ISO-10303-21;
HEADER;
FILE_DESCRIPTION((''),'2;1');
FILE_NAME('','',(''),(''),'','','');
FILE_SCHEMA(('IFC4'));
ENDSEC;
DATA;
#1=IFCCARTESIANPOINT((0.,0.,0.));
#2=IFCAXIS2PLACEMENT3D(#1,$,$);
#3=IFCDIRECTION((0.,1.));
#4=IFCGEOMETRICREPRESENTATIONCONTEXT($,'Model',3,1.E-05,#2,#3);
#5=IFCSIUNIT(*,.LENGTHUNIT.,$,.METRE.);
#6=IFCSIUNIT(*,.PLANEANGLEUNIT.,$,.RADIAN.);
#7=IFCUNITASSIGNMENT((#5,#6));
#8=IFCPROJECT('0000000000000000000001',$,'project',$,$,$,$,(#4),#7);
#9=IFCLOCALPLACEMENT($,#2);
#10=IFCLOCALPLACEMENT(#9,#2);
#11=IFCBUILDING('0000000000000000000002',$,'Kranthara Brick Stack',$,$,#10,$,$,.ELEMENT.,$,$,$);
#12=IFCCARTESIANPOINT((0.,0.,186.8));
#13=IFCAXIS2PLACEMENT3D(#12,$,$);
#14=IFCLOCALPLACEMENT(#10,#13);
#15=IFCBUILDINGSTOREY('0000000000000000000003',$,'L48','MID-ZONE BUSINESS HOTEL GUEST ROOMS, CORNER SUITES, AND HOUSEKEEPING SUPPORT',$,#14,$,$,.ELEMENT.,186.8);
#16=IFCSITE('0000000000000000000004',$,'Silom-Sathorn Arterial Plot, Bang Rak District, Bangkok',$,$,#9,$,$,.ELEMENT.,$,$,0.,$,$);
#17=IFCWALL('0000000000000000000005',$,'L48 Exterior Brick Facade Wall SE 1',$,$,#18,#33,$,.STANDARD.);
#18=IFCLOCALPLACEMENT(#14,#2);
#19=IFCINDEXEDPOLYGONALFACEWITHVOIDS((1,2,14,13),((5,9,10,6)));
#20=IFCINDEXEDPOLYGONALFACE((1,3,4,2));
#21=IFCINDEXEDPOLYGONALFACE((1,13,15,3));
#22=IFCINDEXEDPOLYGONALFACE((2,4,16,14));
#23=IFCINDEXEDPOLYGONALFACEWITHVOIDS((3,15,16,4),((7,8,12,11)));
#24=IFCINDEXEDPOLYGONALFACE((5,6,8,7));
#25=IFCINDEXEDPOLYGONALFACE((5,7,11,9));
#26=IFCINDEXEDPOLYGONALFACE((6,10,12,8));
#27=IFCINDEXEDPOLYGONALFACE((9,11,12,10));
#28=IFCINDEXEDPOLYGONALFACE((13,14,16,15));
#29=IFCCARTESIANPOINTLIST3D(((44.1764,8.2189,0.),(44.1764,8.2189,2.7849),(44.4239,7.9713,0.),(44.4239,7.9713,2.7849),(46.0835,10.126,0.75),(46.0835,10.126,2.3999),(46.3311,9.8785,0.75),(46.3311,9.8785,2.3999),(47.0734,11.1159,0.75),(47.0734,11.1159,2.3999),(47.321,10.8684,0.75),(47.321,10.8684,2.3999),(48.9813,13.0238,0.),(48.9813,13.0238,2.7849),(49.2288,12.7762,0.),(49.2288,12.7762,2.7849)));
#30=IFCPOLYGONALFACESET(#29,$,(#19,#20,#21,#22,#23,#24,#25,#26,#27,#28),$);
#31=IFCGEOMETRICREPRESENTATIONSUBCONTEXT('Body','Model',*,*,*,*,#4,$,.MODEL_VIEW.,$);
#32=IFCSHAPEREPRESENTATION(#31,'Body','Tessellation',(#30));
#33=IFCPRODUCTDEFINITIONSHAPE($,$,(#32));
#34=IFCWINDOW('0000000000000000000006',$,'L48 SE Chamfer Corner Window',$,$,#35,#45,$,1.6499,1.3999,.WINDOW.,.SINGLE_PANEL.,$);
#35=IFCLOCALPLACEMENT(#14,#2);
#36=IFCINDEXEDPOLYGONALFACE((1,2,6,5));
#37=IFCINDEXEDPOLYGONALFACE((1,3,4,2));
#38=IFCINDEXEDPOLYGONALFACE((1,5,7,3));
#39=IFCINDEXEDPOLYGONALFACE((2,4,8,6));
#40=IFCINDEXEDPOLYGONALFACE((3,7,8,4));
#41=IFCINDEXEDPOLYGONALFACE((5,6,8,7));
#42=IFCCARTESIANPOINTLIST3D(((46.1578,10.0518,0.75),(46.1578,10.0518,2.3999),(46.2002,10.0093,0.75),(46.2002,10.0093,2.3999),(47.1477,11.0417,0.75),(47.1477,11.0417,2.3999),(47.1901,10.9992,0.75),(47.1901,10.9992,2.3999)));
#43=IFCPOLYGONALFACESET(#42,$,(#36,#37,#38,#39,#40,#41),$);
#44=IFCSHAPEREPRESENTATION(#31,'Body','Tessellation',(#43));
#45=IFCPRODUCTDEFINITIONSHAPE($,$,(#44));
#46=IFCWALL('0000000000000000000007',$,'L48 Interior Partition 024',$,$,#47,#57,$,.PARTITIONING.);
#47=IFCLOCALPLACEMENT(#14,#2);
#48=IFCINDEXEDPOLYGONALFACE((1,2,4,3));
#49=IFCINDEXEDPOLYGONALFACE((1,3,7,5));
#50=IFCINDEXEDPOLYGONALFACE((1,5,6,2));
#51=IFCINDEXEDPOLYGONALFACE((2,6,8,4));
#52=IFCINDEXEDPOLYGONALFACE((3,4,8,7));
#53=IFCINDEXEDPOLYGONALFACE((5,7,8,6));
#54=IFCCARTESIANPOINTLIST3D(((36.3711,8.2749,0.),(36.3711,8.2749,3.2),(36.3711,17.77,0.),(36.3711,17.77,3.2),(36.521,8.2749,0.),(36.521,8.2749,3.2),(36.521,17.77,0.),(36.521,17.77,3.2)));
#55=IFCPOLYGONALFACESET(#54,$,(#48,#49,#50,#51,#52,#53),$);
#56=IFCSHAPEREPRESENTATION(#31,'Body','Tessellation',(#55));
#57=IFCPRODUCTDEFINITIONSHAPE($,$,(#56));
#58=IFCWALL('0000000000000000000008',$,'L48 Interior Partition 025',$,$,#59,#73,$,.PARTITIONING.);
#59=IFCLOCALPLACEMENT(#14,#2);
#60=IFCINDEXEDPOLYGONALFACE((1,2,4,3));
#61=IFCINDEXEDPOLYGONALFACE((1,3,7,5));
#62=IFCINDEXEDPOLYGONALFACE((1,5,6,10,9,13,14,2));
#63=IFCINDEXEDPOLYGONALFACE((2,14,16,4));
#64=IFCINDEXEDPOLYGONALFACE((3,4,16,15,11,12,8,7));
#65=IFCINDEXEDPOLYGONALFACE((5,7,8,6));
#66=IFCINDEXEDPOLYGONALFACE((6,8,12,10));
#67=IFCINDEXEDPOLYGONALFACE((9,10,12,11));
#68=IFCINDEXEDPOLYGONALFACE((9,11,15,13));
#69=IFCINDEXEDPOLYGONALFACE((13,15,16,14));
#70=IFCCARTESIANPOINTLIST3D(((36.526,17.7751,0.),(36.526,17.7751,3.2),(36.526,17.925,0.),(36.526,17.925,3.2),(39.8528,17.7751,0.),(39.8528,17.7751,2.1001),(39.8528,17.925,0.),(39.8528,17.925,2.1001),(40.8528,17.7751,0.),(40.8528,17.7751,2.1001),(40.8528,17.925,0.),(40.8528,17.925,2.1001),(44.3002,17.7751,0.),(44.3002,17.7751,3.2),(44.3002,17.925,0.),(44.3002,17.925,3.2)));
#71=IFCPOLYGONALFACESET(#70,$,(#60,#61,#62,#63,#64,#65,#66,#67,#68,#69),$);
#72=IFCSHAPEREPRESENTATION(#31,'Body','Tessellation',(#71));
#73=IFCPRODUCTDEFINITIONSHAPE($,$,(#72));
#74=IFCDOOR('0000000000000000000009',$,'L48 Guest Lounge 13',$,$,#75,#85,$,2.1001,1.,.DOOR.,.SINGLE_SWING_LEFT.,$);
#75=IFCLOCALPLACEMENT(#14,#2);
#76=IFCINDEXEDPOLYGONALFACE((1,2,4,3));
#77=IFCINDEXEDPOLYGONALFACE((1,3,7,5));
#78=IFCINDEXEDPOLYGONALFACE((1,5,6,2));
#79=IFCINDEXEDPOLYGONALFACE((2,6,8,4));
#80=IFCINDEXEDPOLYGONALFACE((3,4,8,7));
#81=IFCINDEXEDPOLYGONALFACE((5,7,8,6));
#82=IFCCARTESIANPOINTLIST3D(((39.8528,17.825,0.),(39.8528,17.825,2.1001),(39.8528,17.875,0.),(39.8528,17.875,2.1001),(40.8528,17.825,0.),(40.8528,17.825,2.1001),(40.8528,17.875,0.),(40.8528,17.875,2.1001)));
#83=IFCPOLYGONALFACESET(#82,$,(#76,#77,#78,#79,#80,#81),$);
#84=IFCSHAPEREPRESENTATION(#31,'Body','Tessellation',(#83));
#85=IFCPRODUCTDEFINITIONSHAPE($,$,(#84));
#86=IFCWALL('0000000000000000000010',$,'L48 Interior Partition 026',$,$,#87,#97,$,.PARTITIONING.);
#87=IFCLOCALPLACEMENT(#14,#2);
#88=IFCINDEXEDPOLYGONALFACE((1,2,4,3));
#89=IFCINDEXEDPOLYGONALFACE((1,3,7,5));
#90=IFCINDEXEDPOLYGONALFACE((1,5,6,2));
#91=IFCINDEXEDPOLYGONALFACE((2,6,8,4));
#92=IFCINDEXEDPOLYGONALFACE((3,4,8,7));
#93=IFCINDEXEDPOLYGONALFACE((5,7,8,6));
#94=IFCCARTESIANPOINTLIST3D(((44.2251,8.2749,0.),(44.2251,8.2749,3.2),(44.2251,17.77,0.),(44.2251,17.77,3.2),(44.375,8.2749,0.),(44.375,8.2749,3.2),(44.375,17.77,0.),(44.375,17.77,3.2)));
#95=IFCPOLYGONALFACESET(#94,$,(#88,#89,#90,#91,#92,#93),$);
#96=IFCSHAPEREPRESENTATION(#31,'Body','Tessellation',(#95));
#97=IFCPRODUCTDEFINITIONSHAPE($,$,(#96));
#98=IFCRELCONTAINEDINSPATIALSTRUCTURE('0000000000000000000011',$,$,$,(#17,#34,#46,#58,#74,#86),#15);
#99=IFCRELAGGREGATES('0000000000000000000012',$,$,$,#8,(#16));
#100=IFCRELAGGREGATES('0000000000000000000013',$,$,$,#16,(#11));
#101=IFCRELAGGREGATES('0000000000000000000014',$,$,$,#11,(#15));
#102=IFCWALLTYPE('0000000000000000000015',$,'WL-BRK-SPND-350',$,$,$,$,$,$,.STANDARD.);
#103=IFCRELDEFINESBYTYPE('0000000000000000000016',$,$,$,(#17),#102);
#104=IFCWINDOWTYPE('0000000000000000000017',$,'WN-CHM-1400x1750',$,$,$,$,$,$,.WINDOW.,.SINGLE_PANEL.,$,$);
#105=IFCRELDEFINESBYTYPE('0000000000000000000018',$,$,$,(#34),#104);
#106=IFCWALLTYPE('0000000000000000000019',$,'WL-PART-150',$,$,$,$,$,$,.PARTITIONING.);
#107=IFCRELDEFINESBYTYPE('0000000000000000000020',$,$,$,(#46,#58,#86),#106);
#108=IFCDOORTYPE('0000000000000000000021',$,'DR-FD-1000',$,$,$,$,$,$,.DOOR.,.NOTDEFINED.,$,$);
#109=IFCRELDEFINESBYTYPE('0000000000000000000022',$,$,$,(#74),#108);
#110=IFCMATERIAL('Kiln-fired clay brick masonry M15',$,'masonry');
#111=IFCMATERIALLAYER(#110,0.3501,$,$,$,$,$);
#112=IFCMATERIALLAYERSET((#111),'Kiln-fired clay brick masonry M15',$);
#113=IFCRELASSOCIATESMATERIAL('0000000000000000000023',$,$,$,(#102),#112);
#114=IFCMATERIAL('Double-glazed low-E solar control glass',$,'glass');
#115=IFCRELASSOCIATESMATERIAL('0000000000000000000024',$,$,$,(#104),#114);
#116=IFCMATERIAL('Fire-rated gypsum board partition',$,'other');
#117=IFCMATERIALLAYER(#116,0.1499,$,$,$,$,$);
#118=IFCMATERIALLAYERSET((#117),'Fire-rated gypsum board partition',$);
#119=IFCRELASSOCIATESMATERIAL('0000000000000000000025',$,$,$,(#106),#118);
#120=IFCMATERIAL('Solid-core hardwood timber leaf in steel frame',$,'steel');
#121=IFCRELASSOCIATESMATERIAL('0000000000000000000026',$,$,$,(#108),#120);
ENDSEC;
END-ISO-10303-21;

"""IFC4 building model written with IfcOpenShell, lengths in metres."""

from ifc_helpers import new_model, si_unit, direction, frame, frame_2d, origin, place, context, subcontext, project, spatial, rectangle, extrude, material, layer, layer_set, type_object, element, fill, save


model = new_model("IFC4")

# Units and contexts
model_context = context("Model", 3, precision=1e-05, world=origin(), true_north=direction((0.0, 1.0)))
body_context = subcontext(model_context, "Body", "Model", "MODEL_VIEW")
ifc_project = project(units=[si_unit("LENGTHUNIT", "METRE"), si_unit("PLANEANGLEUNIT", "RADIAN")], contexts=[model_context])

# Site, building, storey
site_placement = place(None, origin())
site = spatial("IfcSite", under=ifc_project, at=site_placement, Name="Silom-Sathorn Arterial Plot, Bang Rak District, Bangkok", CompositionType="ELEMENT", RefElevation=0.0)
building_placement = place(site_placement, origin())
building = spatial("IfcBuilding", under=site, at=building_placement, Name="Kranthara Brick Stack", CompositionType="ELEMENT")
storey_placement = place(building_placement, frame((0.0, 0.0, 186.8)))
storey = spatial("IfcBuildingStorey", under=building, at=storey_placement, Name="L48", Description="MID-ZONE BUSINESS HOTEL GUEST ROOMS, CORNER SUITES, AND HOUSEKEEPING SUPPORT", CompositionType="ELEMENT", Elevation=186.8)

# Shared definitions
ifc_material_1 = material(Name="Kiln-fired clay brick masonry M15", Category="masonry")
ifc_layer_1 = layer(ifc_material_1, 0.3501)
ifc_layer_set_1 = layer_set([ifc_layer_1], Name="Kiln-fired clay brick masonry M15")
wall_type_1 = type_object("IfcWallType", Name="WL-BRK-SPND-350", PredefinedType="STANDARD", material=ifc_layer_set_1)

# Wall, opening, window
wall_1_placement = place(storey_placement, frame((49.105, 12.8999, 0.0), z_axis=(0.0, 0.0, 1.0), x_axis=(-0.707107, -0.707107, 0.0)))
wall_1 = element("IfcWall", 1, at=wall_1_placement, inside=storey, type_object=wall_type_1, Name="L48 Exterior Brick Facade Wall SE 1", PredefinedType="STANDARD", context=body_context, shape_type="SweptSolid", body=[
    extrude(rectangle(XDim=6.7952, YDim=0.3501, at=frame_2d((3.3975, 0.0))), origin(), (0.0, 0.0, 1.0), 2.7849),
])
opening_1_placement = place(wall_1_placement, frame((2.698, 0.0, 0.75)))
opening_1 = element("IfcOpeningElement", 2, at=opening_1_placement, cuts=wall_1, PredefinedType="OPENING", context=body_context, shape_type="SweptSolid", body=[
    extrude(rectangle(XDim=1.3999, YDim=1.6499, at=frame_2d((0.7, 0.825))), frame((0.0, 0.1851, 0.0), z_axis=(0.0, -1.0, 0.0), x_axis=(1.0, 0.0, 0.0)), (0.0, 0.0, 1.0), 0.3701),
])
ifc_material_2 = material(Name="Double-glazed low-E solar control glass", Category="glass")
window_type_1 = type_object("IfcWindowType", Name="WN-CHM-1400x1750", PartitioningType="SINGLE_PANEL", PredefinedType="WINDOW", material=ifc_material_2)
window_1_placement = place(opening_1_placement, origin())
window_1 = element("IfcWindow", 3, at=window_1_placement, inside=storey, type_object=window_type_1, Name="L48 SE Chamfer Corner Window", OverallHeight=1.6499, OverallWidth=1.3999, PartitioningType="SINGLE_PANEL", PredefinedType="WINDOW", context=body_context, shape_type="SweptSolid", body=[
    extrude(rectangle(XDim=1.3999, YDim=1.6499, at=frame_2d((0.7, 0.825))), frame((0.0, -0.01, 0.0), z_axis=(0.0, -1.0, 0.0), x_axis=(1.0, 0.0, 0.0)), (0.0, 0.0, 1.0), 0.0601),
])
fill(opening_1, window_1)

# Wall
ifc_material_3 = material(Name="Fire-rated gypsum board partition", Category="other")
ifc_layer_2 = layer(ifc_material_3, 0.1499)
ifc_layer_set_2 = layer_set([ifc_layer_2], Name="Fire-rated gypsum board partition")
wall_type_2 = type_object("IfcWallType", Name="WL-PART-150", PredefinedType="PARTITIONING", material=ifc_layer_set_2)
wall_2_placement = place(storey_placement, frame((36.446, 8.2749, 0.0), z_axis=(0.0, 0.0, 1.0), x_axis=(0.0, 1.0, 0.0)))
element("IfcWall", 4, at=wall_2_placement, inside=storey, type_object=wall_type_2, Name="L48 Interior Partition 024", PredefinedType="PARTITIONING", context=body_context, shape_type="SweptSolid", body=[
    extrude(rectangle(XDim=9.4951, YDim=0.1499, at=frame_2d((4.7476, 0.0))), origin(), (0.0, 0.0, 1.0), 3.2),
])

# Wall, opening, door
wall_3_placement = place(storey_placement, frame((36.5259, 17.8501, 0.0), z_axis=(0.0, 0.0, 1.0), x_axis=(1.0, 0.0, 0.0)))
wall_3 = element("IfcWall", 5, at=wall_3_placement, inside=storey, type_object=wall_type_2, Name="L48 Interior Partition 025", PredefinedType="PARTITIONING", context=body_context, shape_type="SweptSolid", body=[
    extrude(rectangle(XDim=7.7742, YDim=0.1499, at=frame_2d((3.8872, 0.0))), origin(), (0.0, 0.0, 1.0), 3.2),
])
opening_2_placement = place(wall_3_placement, frame((3.3269, 0.0, 0.0)))
opening_2 = element("IfcOpeningElement", 6, at=opening_2_placement, cuts=wall_3, PredefinedType="OPENING", context=body_context, shape_type="SweptSolid", body=[
    extrude(rectangle(XDim=1.0, YDim=2.1001, at=frame_2d((0.5, 1.05))), frame((0.0, 0.085, 0.0), z_axis=(0.0, -1.0, 0.0), x_axis=(1.0, 0.0, 0.0)), (0.0, 0.0, 1.0), 0.1699),
])
ifc_material_4 = material(Name="Solid-core hardwood timber leaf in steel frame", Category="steel")
door_type_1 = type_object("IfcDoorType", Name="DR-FD-1000", OperationType="NOTDEFINED", PredefinedType="DOOR", material=ifc_material_4)
door_1_placement = place(opening_2_placement, origin())
door_1 = element("IfcDoor", 7, at=door_1_placement, inside=storey, type_object=door_type_1, Name="L48 Guest Lounge 13", OperationType="SINGLE_SWING_LEFT", OverallHeight=2.1001, OverallWidth=1.0, PredefinedType="DOOR", context=body_context, shape_type="SweptSolid", body=[
    extrude(rectangle(XDim=1.0, YDim=2.1001, at=frame_2d((0.5, 1.05))), frame((0.0, 0.0249, 0.0), z_axis=(0.0, -1.0, 0.0), x_axis=(1.0, 0.0, 0.0)), (0.0, 0.0, 1.0), 0.05),
])
fill(opening_2, door_1)

# Wall
wall_4_placement = place(storey_placement, frame((44.3, 8.2749, 0.0), z_axis=(0.0, 0.0, 1.0), x_axis=(0.0, 1.0, 0.0)))
element("IfcWall", 8, at=wall_4_placement, inside=storey, type_object=wall_type_2, Name="L48 Interior Partition 026", PredefinedType="PARTITIONING", context=body_context, shape_type="SweptSolid", body=[
    extrude(rectangle(XDim=9.4951, YDim=0.1499, at=frame_2d((4.7476, 0.0))), origin(), (0.0, 0.0, 1.0), 3.2),
])

save(model, "model.ifc")
